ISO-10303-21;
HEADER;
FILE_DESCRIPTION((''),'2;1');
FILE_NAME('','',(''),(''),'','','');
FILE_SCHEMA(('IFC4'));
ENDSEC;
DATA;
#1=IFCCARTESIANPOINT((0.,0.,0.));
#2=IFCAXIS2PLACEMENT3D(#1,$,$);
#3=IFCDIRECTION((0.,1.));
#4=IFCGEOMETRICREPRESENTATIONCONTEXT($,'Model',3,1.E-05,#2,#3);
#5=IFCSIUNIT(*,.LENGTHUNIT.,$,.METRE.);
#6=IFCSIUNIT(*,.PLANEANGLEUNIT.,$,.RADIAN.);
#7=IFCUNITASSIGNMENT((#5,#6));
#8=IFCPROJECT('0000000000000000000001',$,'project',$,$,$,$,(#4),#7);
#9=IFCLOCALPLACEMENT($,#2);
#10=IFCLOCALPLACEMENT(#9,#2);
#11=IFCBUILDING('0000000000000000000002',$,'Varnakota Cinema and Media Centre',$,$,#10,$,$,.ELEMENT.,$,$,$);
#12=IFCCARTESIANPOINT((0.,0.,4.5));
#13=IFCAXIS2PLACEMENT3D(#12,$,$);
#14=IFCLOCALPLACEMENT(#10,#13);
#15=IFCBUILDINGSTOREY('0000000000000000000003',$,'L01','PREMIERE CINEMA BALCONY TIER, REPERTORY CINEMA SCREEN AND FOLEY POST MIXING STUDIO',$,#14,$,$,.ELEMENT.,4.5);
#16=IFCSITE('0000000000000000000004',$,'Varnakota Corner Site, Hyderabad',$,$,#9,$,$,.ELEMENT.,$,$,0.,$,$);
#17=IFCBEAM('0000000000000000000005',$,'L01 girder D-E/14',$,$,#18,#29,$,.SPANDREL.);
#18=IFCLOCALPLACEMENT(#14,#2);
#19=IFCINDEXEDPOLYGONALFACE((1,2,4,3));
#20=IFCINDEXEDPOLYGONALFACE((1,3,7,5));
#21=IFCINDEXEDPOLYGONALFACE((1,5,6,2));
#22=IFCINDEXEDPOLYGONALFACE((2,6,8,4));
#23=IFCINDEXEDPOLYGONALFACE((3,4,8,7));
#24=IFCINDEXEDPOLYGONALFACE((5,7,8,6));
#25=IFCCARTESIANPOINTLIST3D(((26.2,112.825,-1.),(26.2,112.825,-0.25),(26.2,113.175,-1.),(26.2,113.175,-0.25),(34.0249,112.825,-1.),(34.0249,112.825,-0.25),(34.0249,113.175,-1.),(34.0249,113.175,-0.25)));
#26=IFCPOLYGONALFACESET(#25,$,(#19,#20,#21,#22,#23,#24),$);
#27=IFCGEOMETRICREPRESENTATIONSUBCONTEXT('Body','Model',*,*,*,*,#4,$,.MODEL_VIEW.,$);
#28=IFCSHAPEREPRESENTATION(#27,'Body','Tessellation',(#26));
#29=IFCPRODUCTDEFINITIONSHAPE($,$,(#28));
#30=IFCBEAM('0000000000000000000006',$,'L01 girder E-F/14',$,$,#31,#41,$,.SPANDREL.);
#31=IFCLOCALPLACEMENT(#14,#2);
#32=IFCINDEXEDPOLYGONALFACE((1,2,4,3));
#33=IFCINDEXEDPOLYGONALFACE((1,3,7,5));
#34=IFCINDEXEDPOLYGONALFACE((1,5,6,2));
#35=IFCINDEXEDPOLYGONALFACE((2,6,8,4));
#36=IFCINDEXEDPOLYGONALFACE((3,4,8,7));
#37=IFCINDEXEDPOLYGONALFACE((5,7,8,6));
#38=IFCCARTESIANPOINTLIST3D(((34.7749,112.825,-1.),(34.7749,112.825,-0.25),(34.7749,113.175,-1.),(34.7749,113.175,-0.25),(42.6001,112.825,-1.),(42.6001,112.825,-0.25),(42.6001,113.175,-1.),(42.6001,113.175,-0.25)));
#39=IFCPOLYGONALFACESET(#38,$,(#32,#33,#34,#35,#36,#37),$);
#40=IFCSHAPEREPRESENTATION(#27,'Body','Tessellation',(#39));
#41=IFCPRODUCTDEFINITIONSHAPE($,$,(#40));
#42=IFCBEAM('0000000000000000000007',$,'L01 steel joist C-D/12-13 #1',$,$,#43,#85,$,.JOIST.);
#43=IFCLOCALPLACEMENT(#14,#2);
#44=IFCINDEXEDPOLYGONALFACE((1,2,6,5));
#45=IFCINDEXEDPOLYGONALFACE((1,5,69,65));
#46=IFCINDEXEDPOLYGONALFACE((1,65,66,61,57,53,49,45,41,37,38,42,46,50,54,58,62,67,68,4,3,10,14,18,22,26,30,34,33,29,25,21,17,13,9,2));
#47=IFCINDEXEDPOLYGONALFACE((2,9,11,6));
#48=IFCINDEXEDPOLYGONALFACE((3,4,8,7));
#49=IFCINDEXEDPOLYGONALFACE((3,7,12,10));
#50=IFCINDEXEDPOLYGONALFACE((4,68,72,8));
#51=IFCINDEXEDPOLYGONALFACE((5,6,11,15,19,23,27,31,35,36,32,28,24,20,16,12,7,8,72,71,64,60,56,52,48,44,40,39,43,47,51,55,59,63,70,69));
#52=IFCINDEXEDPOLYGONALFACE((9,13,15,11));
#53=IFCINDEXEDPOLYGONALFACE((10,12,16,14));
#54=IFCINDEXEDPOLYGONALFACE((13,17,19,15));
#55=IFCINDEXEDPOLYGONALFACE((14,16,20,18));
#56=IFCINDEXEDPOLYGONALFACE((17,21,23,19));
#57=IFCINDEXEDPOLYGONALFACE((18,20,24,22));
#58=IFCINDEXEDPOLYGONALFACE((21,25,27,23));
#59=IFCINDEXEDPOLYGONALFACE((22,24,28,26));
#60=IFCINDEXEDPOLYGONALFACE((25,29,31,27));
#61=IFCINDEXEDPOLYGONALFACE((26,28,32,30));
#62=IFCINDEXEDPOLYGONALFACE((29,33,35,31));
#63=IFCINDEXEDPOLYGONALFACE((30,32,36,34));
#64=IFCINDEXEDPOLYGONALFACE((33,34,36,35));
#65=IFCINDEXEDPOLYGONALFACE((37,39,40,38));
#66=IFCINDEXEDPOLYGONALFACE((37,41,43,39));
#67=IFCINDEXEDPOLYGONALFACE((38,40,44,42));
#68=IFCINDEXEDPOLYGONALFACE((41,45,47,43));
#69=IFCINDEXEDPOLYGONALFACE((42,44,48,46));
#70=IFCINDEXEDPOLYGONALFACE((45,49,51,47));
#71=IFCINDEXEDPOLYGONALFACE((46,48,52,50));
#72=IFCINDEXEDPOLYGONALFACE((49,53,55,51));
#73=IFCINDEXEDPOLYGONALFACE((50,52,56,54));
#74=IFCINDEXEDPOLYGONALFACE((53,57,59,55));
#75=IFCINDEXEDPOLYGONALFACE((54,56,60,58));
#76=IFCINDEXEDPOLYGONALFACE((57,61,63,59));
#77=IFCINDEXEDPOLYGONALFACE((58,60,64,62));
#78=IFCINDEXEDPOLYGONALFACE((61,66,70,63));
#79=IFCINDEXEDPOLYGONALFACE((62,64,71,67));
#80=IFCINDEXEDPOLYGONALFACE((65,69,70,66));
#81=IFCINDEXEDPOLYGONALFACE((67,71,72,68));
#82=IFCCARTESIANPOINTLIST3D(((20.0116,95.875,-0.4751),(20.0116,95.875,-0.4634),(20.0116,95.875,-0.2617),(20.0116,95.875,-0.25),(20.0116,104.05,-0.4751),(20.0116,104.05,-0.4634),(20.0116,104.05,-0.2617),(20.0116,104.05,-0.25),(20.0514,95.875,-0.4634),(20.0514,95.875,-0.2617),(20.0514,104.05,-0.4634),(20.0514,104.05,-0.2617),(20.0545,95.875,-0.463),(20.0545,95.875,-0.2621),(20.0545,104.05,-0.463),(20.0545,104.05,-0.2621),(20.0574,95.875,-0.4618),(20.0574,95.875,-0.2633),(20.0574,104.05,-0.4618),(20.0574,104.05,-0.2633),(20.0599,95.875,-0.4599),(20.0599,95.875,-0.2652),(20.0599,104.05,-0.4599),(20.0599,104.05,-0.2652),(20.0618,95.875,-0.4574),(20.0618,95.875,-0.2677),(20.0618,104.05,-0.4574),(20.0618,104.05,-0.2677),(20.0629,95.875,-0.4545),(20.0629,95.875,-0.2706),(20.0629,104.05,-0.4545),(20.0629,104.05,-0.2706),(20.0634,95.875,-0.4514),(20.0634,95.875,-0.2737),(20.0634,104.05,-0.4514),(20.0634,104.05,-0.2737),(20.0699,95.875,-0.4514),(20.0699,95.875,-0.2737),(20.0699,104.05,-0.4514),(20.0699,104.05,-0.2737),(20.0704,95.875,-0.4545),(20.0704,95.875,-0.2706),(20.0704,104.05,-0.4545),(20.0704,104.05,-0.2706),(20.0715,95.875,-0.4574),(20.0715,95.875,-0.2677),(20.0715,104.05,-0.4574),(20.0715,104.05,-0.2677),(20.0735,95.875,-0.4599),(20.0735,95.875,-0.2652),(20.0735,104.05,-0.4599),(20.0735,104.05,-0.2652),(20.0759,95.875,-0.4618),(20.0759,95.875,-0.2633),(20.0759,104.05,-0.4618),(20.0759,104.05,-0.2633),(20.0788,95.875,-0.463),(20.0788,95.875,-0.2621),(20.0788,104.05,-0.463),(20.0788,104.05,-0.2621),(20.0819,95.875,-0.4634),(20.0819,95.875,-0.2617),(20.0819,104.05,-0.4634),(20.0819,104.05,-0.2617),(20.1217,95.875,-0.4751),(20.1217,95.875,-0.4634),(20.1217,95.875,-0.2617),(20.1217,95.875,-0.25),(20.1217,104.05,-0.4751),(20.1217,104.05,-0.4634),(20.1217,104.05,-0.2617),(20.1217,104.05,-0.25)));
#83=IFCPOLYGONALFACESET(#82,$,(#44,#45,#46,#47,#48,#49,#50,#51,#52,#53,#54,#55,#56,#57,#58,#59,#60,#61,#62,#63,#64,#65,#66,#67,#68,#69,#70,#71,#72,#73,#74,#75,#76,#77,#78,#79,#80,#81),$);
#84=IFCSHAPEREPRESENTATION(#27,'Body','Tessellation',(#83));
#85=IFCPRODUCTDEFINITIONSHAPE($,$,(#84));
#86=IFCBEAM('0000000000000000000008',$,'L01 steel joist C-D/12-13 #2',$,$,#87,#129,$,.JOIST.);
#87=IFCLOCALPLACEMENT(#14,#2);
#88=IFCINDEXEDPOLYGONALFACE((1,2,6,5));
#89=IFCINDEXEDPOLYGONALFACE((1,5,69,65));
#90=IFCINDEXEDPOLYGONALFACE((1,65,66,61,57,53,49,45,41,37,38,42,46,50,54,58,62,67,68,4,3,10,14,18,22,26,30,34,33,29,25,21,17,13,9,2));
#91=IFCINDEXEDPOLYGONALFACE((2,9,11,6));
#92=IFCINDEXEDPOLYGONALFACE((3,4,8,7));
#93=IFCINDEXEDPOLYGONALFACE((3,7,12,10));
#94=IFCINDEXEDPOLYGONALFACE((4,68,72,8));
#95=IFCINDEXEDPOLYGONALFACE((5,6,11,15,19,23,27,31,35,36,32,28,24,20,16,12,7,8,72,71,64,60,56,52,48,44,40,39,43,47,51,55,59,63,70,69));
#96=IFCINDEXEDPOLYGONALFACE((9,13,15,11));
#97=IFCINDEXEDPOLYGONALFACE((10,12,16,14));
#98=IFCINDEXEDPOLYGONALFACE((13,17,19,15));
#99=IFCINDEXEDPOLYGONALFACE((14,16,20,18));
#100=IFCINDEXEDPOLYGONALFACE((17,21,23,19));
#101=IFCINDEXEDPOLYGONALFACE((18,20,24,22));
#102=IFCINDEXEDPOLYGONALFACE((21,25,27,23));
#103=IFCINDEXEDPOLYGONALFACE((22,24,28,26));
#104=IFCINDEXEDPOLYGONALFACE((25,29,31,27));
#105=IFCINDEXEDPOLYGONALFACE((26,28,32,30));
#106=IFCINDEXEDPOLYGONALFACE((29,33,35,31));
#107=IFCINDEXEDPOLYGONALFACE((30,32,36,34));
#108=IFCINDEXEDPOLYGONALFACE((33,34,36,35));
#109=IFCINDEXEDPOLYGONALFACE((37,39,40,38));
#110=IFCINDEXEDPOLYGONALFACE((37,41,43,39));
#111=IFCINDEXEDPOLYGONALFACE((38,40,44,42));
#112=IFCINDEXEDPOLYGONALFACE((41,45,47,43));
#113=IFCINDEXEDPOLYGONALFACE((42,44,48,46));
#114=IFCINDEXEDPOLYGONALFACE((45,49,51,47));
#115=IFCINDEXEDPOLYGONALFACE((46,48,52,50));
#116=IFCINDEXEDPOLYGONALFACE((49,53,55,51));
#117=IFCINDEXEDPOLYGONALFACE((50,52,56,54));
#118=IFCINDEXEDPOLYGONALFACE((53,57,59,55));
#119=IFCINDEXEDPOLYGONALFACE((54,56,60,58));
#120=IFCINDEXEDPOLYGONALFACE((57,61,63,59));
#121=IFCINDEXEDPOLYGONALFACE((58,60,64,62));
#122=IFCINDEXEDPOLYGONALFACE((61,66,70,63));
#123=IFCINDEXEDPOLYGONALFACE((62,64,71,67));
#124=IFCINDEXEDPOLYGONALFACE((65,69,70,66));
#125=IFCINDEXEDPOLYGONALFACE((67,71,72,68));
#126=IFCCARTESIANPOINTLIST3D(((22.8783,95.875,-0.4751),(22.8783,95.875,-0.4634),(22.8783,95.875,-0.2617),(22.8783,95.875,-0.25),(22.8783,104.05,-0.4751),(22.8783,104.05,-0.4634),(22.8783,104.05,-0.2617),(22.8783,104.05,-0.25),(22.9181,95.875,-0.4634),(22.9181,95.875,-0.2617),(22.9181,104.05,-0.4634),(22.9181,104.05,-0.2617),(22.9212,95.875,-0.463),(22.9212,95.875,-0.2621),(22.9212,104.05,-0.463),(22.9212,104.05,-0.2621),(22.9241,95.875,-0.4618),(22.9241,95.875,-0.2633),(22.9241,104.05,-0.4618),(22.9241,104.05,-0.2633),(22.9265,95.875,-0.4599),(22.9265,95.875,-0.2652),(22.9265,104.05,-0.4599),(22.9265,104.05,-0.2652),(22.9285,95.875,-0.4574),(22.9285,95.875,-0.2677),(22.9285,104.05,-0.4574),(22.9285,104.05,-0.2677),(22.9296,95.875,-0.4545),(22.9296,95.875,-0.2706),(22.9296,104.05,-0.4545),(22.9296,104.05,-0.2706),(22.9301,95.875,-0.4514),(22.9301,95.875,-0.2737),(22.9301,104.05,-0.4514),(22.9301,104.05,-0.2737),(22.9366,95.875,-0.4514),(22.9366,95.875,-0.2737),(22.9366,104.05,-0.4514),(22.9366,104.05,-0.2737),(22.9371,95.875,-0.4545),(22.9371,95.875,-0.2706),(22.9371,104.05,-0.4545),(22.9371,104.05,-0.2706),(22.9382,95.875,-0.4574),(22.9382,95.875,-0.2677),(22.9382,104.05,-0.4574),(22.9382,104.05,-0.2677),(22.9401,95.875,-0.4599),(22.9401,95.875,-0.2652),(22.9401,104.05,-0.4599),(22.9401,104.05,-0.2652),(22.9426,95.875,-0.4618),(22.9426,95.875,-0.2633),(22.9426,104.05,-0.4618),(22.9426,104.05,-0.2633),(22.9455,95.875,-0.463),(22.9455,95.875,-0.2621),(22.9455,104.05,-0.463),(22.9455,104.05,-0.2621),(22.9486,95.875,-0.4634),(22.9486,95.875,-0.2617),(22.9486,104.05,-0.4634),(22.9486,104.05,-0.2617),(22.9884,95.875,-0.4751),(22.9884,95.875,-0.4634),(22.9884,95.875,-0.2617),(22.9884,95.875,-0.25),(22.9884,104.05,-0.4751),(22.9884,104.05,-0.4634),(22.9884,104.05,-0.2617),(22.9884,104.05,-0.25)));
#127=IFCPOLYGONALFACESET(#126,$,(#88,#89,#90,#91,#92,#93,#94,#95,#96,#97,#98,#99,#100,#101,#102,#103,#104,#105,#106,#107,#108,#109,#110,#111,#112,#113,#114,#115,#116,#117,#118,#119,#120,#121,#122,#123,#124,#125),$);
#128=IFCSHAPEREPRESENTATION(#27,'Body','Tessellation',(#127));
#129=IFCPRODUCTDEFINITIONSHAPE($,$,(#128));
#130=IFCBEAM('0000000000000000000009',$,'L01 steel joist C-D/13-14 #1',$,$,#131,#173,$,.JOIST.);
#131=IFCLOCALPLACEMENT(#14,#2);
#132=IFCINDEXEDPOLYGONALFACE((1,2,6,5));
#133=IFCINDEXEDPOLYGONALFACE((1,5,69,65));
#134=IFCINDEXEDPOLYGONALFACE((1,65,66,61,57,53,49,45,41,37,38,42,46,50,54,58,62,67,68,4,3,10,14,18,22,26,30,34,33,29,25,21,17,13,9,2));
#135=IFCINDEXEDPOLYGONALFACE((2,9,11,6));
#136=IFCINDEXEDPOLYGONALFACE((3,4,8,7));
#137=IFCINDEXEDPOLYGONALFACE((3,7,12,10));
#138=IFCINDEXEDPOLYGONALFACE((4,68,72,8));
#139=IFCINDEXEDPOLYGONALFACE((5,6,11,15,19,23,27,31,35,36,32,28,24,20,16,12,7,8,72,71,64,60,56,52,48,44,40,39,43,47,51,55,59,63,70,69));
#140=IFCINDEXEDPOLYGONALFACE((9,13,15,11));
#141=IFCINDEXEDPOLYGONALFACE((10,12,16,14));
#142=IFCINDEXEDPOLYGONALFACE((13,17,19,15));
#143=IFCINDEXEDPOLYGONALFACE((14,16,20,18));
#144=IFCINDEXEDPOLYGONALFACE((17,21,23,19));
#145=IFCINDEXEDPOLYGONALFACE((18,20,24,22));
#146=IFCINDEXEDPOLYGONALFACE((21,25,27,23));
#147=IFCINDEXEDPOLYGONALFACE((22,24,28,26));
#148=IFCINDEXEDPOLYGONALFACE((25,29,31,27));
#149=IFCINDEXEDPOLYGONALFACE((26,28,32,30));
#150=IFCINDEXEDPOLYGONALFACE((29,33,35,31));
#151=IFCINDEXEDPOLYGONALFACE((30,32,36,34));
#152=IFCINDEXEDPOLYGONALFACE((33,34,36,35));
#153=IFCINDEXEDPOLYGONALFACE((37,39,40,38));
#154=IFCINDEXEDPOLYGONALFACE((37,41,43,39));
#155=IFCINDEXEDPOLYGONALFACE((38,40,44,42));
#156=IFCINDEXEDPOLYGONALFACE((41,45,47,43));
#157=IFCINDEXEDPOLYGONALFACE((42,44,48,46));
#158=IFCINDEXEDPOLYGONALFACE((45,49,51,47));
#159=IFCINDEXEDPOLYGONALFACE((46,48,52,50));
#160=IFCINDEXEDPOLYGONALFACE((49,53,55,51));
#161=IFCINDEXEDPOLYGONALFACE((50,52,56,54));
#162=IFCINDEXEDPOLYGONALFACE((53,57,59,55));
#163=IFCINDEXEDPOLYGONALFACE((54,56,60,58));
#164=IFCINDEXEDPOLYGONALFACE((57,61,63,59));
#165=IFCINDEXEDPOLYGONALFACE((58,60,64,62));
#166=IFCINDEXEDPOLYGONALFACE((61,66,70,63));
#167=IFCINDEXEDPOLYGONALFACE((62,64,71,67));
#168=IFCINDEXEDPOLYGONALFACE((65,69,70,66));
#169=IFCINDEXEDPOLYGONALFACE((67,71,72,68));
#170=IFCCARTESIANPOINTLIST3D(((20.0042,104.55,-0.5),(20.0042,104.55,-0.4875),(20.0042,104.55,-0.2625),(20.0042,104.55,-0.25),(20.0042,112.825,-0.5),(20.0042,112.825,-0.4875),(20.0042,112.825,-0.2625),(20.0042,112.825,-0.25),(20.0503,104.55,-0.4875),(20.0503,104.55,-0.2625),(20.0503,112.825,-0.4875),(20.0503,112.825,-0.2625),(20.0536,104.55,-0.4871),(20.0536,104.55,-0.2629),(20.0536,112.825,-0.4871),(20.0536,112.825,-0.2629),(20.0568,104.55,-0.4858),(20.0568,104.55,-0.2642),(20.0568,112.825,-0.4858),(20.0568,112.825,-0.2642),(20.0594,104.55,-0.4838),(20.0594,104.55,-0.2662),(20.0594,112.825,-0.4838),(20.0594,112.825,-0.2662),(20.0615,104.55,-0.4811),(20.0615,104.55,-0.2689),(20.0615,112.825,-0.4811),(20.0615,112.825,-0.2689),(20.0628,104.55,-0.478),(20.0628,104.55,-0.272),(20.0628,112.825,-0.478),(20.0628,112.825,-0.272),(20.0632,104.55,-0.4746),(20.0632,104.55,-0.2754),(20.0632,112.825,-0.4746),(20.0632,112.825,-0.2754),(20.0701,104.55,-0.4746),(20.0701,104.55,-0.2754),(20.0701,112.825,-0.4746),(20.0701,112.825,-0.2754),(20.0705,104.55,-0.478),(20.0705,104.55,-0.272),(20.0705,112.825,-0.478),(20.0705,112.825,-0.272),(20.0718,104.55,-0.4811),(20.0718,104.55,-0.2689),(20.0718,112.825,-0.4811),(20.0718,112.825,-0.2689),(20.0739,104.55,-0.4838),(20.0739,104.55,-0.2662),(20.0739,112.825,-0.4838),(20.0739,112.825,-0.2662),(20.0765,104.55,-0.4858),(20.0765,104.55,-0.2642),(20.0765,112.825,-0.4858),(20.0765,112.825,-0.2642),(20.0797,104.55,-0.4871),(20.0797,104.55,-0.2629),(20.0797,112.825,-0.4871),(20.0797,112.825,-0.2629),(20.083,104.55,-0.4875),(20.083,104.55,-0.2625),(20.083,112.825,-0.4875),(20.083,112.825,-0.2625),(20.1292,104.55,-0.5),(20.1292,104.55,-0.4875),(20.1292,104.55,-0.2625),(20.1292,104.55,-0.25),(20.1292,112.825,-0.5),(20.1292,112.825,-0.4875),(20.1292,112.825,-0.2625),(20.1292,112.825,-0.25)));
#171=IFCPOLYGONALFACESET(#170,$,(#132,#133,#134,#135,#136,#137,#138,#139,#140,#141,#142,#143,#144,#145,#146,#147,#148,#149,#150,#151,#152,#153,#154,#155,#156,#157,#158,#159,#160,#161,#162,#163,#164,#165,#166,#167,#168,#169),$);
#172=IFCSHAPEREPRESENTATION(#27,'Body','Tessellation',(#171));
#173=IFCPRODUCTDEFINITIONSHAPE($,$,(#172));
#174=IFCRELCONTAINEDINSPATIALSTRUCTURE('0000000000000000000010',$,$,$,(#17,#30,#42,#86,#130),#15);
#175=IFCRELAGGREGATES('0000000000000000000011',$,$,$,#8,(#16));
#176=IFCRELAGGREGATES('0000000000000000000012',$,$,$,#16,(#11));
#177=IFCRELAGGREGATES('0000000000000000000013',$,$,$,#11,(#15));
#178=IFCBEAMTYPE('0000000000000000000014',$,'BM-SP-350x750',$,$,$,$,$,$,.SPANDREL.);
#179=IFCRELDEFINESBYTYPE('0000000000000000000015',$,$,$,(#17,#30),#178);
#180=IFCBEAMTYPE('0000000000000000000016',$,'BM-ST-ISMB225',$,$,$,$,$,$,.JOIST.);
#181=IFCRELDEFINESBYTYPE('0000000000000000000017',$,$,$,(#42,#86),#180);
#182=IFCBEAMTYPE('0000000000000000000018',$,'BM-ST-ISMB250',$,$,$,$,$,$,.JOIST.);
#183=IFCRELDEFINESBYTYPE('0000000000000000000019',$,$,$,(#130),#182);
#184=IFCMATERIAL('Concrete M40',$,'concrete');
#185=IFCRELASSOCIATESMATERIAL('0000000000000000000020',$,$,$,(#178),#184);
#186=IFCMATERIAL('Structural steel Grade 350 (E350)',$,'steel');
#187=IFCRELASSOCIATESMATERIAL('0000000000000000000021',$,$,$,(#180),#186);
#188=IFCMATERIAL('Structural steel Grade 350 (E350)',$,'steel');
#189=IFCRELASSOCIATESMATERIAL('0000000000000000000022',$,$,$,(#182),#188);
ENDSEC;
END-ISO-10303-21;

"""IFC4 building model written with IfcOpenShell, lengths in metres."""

from ifc_helpers import new_model, si_unit, direction, frame, origin, origin_2d, place, context, subcontext, project, spatial, rectangle, i_section, extrude, material, material_profile, profile_set, type_object, element, save


model = new_model("IFC4")

# Units and contexts
model_context = context("Model", 3, precision=1e-05, world=origin(), true_north=direction((0.0, 1.0)))
body_context = subcontext(model_context, "Body", "Model", "MODEL_VIEW")
ifc_project = project(units=[si_unit("LENGTHUNIT", "METRE"), si_unit("PLANEANGLEUNIT", "RADIAN")], contexts=[model_context])

# Site, building, storey
site_placement = place(None, origin())
site = spatial("IfcSite", under=ifc_project, at=site_placement, Name="Varnakota Corner Site, Hyderabad", CompositionType="ELEMENT", RefElevation=0.0)
building_placement = place(site_placement, origin())
building = spatial("IfcBuilding", under=site, at=building_placement, Name="Varnakota Cinema and Media Centre", CompositionType="ELEMENT")
storey_placement = place(building_placement, frame((0.0, 0.0, 4.5)))
storey = spatial("IfcBuildingStorey", under=building, at=storey_placement, Name="L01", Description="PREMIERE CINEMA BALCONY TIER, REPERTORY CINEMA SCREEN AND FOLEY POST MIXING STUDIO", CompositionType="ELEMENT", Elevation=4.5)

# Beams
ifc_material_1 = material(Name="Concrete M40", Category="concrete")
ifc_material_profile_1 = material_profile(ifc_material_1, rectangle(XDim=0.3501, YDim=0.75, at=origin_2d()), Name="RCB 350x750")
ifc_profile_set_1 = profile_set([ifc_material_profile_1], Name="Concrete M40")
beam_type_1 = type_object("IfcBeamType", Name="BM-SP-350x750", PredefinedType="SPANDREL", material=ifc_profile_set_1)
for number, where, z_axis, x_axis, name in (
    (1, (26.2, 113.0, -0.625), (1.0, 0.0, 0.0), (0.0, 1.0, 0.0), "L01 girder D-E/14"),
):
    element("IfcBeam", number, at=place(storey_placement, frame(where, z_axis=z_axis, x_axis=x_axis)), inside=storey, type_object=beam_type_1, Name=name, PredefinedType="SPANDREL", context=body_context, shape_type="SweptSolid", body=[
        extrude(rectangle(XDim=0.3501, YDim=0.75, at=origin_2d()), origin(), (0.0, 0.0, 1.0), 7.825),
    ])
beam_1_placement = place(storey_placement, frame((34.7749, 113.0, -0.625), z_axis=(1.0, 0.0, 0.0), x_axis=(0.0, 1.0, 0.0)))
element("IfcBeam", 2, at=beam_1_placement, inside=storey, type_object=beam_type_1, Name="L01 girder E-F/14", PredefinedType="SPANDREL", context=body_context, shape_type="SweptSolid", body=[
    extrude(rectangle(XDim=0.3501, YDim=0.75, at=origin_2d()), origin(), (0.0, 0.0, 1.0), 7.8252),
])
ifc_material_2 = material(Name="Structural steel Grade 350 (E350)", Category="steel")
ifc_material_profile_2 = material_profile(ifc_material_2, i_section(OverallWidth=0.1101, OverallDepth=0.2251, WebThickness=0.0066, FlangeThickness=0.0117, FilletRadius=0.012, at=origin_2d()), Name="ISMB 225")
ifc_profile_set_2 = profile_set([ifc_material_profile_2], Name="Structural steel Grade 350 (E350)")
beam_type_2 = type_object("IfcBeamType", Name="BM-ST-ISMB225", PredefinedType="JOIST", material=ifc_profile_set_2)
for number, where, z_axis, x_axis, name in (
    (3, (20.0667, 95.875, -0.3625), (0.0, 1.0, 0.0), (-1.0, 0.0, 0.0), "L01 steel joist C-D/12-13 #1"),
    (4, (22.9333, 95.875, -0.3625), (0.0, 1.0, 0.0), (-1.0, 0.0, 0.0), "L01 steel joist C-D/12-13 #2"),
):
    element("IfcBeam", number, at=place(storey_placement, frame(where, z_axis=z_axis, x_axis=x_axis)), inside=storey, type_object=beam_type_2, Name=name, PredefinedType="JOIST", context=body_context, shape_type="SweptSolid", body=[
        extrude(i_section(OverallWidth=0.1101, OverallDepth=0.2251, WebThickness=0.0066, FlangeThickness=0.0117, FilletRadius=0.012, at=origin_2d()), origin(), (0.0, 0.0, 1.0), 8.175),
    ])
ifc_material_3 = material(Name="Structural steel Grade 350 (E350)", Category="steel")
ifc_material_profile_3 = material_profile(ifc_material_3, i_section(OverallWidth=0.125, OverallDepth=0.25, WebThickness=0.0068, FlangeThickness=0.0125, FilletRadius=0.0129, at=origin_2d()), Name="ISMB 250")
ifc_profile_set_3 = profile_set([ifc_material_profile_3], Name="Structural steel Grade 350 (E350)")
beam_type_3 = type_object("IfcBeamType", Name="BM-ST-ISMB250", PredefinedType="JOIST", material=ifc_profile_set_3)
for number, where, z_axis, x_axis, name in (
    (5, (20.0667, 104.55, -0.375), (0.0, 1.0, 0.0), (-1.0, 0.0, 0.0), "L01 steel joist C-D/13-14 #1"),
):
    element("IfcBeam", number, at=place(storey_placement, frame(where, z_axis=z_axis, x_axis=x_axis)), inside=storey, type_object=beam_type_3, Name=name, PredefinedType="JOIST", context=body_context, shape_type="SweptSolid", body=[
        extrude(i_section(OverallWidth=0.125, OverallDepth=0.25, WebThickness=0.0068, FlangeThickness=0.0125, FilletRadius=0.0129, at=origin_2d()), origin(), (0.0, 0.0, 1.0), 8.2749),
    ])

save(model, "model.ifc")
